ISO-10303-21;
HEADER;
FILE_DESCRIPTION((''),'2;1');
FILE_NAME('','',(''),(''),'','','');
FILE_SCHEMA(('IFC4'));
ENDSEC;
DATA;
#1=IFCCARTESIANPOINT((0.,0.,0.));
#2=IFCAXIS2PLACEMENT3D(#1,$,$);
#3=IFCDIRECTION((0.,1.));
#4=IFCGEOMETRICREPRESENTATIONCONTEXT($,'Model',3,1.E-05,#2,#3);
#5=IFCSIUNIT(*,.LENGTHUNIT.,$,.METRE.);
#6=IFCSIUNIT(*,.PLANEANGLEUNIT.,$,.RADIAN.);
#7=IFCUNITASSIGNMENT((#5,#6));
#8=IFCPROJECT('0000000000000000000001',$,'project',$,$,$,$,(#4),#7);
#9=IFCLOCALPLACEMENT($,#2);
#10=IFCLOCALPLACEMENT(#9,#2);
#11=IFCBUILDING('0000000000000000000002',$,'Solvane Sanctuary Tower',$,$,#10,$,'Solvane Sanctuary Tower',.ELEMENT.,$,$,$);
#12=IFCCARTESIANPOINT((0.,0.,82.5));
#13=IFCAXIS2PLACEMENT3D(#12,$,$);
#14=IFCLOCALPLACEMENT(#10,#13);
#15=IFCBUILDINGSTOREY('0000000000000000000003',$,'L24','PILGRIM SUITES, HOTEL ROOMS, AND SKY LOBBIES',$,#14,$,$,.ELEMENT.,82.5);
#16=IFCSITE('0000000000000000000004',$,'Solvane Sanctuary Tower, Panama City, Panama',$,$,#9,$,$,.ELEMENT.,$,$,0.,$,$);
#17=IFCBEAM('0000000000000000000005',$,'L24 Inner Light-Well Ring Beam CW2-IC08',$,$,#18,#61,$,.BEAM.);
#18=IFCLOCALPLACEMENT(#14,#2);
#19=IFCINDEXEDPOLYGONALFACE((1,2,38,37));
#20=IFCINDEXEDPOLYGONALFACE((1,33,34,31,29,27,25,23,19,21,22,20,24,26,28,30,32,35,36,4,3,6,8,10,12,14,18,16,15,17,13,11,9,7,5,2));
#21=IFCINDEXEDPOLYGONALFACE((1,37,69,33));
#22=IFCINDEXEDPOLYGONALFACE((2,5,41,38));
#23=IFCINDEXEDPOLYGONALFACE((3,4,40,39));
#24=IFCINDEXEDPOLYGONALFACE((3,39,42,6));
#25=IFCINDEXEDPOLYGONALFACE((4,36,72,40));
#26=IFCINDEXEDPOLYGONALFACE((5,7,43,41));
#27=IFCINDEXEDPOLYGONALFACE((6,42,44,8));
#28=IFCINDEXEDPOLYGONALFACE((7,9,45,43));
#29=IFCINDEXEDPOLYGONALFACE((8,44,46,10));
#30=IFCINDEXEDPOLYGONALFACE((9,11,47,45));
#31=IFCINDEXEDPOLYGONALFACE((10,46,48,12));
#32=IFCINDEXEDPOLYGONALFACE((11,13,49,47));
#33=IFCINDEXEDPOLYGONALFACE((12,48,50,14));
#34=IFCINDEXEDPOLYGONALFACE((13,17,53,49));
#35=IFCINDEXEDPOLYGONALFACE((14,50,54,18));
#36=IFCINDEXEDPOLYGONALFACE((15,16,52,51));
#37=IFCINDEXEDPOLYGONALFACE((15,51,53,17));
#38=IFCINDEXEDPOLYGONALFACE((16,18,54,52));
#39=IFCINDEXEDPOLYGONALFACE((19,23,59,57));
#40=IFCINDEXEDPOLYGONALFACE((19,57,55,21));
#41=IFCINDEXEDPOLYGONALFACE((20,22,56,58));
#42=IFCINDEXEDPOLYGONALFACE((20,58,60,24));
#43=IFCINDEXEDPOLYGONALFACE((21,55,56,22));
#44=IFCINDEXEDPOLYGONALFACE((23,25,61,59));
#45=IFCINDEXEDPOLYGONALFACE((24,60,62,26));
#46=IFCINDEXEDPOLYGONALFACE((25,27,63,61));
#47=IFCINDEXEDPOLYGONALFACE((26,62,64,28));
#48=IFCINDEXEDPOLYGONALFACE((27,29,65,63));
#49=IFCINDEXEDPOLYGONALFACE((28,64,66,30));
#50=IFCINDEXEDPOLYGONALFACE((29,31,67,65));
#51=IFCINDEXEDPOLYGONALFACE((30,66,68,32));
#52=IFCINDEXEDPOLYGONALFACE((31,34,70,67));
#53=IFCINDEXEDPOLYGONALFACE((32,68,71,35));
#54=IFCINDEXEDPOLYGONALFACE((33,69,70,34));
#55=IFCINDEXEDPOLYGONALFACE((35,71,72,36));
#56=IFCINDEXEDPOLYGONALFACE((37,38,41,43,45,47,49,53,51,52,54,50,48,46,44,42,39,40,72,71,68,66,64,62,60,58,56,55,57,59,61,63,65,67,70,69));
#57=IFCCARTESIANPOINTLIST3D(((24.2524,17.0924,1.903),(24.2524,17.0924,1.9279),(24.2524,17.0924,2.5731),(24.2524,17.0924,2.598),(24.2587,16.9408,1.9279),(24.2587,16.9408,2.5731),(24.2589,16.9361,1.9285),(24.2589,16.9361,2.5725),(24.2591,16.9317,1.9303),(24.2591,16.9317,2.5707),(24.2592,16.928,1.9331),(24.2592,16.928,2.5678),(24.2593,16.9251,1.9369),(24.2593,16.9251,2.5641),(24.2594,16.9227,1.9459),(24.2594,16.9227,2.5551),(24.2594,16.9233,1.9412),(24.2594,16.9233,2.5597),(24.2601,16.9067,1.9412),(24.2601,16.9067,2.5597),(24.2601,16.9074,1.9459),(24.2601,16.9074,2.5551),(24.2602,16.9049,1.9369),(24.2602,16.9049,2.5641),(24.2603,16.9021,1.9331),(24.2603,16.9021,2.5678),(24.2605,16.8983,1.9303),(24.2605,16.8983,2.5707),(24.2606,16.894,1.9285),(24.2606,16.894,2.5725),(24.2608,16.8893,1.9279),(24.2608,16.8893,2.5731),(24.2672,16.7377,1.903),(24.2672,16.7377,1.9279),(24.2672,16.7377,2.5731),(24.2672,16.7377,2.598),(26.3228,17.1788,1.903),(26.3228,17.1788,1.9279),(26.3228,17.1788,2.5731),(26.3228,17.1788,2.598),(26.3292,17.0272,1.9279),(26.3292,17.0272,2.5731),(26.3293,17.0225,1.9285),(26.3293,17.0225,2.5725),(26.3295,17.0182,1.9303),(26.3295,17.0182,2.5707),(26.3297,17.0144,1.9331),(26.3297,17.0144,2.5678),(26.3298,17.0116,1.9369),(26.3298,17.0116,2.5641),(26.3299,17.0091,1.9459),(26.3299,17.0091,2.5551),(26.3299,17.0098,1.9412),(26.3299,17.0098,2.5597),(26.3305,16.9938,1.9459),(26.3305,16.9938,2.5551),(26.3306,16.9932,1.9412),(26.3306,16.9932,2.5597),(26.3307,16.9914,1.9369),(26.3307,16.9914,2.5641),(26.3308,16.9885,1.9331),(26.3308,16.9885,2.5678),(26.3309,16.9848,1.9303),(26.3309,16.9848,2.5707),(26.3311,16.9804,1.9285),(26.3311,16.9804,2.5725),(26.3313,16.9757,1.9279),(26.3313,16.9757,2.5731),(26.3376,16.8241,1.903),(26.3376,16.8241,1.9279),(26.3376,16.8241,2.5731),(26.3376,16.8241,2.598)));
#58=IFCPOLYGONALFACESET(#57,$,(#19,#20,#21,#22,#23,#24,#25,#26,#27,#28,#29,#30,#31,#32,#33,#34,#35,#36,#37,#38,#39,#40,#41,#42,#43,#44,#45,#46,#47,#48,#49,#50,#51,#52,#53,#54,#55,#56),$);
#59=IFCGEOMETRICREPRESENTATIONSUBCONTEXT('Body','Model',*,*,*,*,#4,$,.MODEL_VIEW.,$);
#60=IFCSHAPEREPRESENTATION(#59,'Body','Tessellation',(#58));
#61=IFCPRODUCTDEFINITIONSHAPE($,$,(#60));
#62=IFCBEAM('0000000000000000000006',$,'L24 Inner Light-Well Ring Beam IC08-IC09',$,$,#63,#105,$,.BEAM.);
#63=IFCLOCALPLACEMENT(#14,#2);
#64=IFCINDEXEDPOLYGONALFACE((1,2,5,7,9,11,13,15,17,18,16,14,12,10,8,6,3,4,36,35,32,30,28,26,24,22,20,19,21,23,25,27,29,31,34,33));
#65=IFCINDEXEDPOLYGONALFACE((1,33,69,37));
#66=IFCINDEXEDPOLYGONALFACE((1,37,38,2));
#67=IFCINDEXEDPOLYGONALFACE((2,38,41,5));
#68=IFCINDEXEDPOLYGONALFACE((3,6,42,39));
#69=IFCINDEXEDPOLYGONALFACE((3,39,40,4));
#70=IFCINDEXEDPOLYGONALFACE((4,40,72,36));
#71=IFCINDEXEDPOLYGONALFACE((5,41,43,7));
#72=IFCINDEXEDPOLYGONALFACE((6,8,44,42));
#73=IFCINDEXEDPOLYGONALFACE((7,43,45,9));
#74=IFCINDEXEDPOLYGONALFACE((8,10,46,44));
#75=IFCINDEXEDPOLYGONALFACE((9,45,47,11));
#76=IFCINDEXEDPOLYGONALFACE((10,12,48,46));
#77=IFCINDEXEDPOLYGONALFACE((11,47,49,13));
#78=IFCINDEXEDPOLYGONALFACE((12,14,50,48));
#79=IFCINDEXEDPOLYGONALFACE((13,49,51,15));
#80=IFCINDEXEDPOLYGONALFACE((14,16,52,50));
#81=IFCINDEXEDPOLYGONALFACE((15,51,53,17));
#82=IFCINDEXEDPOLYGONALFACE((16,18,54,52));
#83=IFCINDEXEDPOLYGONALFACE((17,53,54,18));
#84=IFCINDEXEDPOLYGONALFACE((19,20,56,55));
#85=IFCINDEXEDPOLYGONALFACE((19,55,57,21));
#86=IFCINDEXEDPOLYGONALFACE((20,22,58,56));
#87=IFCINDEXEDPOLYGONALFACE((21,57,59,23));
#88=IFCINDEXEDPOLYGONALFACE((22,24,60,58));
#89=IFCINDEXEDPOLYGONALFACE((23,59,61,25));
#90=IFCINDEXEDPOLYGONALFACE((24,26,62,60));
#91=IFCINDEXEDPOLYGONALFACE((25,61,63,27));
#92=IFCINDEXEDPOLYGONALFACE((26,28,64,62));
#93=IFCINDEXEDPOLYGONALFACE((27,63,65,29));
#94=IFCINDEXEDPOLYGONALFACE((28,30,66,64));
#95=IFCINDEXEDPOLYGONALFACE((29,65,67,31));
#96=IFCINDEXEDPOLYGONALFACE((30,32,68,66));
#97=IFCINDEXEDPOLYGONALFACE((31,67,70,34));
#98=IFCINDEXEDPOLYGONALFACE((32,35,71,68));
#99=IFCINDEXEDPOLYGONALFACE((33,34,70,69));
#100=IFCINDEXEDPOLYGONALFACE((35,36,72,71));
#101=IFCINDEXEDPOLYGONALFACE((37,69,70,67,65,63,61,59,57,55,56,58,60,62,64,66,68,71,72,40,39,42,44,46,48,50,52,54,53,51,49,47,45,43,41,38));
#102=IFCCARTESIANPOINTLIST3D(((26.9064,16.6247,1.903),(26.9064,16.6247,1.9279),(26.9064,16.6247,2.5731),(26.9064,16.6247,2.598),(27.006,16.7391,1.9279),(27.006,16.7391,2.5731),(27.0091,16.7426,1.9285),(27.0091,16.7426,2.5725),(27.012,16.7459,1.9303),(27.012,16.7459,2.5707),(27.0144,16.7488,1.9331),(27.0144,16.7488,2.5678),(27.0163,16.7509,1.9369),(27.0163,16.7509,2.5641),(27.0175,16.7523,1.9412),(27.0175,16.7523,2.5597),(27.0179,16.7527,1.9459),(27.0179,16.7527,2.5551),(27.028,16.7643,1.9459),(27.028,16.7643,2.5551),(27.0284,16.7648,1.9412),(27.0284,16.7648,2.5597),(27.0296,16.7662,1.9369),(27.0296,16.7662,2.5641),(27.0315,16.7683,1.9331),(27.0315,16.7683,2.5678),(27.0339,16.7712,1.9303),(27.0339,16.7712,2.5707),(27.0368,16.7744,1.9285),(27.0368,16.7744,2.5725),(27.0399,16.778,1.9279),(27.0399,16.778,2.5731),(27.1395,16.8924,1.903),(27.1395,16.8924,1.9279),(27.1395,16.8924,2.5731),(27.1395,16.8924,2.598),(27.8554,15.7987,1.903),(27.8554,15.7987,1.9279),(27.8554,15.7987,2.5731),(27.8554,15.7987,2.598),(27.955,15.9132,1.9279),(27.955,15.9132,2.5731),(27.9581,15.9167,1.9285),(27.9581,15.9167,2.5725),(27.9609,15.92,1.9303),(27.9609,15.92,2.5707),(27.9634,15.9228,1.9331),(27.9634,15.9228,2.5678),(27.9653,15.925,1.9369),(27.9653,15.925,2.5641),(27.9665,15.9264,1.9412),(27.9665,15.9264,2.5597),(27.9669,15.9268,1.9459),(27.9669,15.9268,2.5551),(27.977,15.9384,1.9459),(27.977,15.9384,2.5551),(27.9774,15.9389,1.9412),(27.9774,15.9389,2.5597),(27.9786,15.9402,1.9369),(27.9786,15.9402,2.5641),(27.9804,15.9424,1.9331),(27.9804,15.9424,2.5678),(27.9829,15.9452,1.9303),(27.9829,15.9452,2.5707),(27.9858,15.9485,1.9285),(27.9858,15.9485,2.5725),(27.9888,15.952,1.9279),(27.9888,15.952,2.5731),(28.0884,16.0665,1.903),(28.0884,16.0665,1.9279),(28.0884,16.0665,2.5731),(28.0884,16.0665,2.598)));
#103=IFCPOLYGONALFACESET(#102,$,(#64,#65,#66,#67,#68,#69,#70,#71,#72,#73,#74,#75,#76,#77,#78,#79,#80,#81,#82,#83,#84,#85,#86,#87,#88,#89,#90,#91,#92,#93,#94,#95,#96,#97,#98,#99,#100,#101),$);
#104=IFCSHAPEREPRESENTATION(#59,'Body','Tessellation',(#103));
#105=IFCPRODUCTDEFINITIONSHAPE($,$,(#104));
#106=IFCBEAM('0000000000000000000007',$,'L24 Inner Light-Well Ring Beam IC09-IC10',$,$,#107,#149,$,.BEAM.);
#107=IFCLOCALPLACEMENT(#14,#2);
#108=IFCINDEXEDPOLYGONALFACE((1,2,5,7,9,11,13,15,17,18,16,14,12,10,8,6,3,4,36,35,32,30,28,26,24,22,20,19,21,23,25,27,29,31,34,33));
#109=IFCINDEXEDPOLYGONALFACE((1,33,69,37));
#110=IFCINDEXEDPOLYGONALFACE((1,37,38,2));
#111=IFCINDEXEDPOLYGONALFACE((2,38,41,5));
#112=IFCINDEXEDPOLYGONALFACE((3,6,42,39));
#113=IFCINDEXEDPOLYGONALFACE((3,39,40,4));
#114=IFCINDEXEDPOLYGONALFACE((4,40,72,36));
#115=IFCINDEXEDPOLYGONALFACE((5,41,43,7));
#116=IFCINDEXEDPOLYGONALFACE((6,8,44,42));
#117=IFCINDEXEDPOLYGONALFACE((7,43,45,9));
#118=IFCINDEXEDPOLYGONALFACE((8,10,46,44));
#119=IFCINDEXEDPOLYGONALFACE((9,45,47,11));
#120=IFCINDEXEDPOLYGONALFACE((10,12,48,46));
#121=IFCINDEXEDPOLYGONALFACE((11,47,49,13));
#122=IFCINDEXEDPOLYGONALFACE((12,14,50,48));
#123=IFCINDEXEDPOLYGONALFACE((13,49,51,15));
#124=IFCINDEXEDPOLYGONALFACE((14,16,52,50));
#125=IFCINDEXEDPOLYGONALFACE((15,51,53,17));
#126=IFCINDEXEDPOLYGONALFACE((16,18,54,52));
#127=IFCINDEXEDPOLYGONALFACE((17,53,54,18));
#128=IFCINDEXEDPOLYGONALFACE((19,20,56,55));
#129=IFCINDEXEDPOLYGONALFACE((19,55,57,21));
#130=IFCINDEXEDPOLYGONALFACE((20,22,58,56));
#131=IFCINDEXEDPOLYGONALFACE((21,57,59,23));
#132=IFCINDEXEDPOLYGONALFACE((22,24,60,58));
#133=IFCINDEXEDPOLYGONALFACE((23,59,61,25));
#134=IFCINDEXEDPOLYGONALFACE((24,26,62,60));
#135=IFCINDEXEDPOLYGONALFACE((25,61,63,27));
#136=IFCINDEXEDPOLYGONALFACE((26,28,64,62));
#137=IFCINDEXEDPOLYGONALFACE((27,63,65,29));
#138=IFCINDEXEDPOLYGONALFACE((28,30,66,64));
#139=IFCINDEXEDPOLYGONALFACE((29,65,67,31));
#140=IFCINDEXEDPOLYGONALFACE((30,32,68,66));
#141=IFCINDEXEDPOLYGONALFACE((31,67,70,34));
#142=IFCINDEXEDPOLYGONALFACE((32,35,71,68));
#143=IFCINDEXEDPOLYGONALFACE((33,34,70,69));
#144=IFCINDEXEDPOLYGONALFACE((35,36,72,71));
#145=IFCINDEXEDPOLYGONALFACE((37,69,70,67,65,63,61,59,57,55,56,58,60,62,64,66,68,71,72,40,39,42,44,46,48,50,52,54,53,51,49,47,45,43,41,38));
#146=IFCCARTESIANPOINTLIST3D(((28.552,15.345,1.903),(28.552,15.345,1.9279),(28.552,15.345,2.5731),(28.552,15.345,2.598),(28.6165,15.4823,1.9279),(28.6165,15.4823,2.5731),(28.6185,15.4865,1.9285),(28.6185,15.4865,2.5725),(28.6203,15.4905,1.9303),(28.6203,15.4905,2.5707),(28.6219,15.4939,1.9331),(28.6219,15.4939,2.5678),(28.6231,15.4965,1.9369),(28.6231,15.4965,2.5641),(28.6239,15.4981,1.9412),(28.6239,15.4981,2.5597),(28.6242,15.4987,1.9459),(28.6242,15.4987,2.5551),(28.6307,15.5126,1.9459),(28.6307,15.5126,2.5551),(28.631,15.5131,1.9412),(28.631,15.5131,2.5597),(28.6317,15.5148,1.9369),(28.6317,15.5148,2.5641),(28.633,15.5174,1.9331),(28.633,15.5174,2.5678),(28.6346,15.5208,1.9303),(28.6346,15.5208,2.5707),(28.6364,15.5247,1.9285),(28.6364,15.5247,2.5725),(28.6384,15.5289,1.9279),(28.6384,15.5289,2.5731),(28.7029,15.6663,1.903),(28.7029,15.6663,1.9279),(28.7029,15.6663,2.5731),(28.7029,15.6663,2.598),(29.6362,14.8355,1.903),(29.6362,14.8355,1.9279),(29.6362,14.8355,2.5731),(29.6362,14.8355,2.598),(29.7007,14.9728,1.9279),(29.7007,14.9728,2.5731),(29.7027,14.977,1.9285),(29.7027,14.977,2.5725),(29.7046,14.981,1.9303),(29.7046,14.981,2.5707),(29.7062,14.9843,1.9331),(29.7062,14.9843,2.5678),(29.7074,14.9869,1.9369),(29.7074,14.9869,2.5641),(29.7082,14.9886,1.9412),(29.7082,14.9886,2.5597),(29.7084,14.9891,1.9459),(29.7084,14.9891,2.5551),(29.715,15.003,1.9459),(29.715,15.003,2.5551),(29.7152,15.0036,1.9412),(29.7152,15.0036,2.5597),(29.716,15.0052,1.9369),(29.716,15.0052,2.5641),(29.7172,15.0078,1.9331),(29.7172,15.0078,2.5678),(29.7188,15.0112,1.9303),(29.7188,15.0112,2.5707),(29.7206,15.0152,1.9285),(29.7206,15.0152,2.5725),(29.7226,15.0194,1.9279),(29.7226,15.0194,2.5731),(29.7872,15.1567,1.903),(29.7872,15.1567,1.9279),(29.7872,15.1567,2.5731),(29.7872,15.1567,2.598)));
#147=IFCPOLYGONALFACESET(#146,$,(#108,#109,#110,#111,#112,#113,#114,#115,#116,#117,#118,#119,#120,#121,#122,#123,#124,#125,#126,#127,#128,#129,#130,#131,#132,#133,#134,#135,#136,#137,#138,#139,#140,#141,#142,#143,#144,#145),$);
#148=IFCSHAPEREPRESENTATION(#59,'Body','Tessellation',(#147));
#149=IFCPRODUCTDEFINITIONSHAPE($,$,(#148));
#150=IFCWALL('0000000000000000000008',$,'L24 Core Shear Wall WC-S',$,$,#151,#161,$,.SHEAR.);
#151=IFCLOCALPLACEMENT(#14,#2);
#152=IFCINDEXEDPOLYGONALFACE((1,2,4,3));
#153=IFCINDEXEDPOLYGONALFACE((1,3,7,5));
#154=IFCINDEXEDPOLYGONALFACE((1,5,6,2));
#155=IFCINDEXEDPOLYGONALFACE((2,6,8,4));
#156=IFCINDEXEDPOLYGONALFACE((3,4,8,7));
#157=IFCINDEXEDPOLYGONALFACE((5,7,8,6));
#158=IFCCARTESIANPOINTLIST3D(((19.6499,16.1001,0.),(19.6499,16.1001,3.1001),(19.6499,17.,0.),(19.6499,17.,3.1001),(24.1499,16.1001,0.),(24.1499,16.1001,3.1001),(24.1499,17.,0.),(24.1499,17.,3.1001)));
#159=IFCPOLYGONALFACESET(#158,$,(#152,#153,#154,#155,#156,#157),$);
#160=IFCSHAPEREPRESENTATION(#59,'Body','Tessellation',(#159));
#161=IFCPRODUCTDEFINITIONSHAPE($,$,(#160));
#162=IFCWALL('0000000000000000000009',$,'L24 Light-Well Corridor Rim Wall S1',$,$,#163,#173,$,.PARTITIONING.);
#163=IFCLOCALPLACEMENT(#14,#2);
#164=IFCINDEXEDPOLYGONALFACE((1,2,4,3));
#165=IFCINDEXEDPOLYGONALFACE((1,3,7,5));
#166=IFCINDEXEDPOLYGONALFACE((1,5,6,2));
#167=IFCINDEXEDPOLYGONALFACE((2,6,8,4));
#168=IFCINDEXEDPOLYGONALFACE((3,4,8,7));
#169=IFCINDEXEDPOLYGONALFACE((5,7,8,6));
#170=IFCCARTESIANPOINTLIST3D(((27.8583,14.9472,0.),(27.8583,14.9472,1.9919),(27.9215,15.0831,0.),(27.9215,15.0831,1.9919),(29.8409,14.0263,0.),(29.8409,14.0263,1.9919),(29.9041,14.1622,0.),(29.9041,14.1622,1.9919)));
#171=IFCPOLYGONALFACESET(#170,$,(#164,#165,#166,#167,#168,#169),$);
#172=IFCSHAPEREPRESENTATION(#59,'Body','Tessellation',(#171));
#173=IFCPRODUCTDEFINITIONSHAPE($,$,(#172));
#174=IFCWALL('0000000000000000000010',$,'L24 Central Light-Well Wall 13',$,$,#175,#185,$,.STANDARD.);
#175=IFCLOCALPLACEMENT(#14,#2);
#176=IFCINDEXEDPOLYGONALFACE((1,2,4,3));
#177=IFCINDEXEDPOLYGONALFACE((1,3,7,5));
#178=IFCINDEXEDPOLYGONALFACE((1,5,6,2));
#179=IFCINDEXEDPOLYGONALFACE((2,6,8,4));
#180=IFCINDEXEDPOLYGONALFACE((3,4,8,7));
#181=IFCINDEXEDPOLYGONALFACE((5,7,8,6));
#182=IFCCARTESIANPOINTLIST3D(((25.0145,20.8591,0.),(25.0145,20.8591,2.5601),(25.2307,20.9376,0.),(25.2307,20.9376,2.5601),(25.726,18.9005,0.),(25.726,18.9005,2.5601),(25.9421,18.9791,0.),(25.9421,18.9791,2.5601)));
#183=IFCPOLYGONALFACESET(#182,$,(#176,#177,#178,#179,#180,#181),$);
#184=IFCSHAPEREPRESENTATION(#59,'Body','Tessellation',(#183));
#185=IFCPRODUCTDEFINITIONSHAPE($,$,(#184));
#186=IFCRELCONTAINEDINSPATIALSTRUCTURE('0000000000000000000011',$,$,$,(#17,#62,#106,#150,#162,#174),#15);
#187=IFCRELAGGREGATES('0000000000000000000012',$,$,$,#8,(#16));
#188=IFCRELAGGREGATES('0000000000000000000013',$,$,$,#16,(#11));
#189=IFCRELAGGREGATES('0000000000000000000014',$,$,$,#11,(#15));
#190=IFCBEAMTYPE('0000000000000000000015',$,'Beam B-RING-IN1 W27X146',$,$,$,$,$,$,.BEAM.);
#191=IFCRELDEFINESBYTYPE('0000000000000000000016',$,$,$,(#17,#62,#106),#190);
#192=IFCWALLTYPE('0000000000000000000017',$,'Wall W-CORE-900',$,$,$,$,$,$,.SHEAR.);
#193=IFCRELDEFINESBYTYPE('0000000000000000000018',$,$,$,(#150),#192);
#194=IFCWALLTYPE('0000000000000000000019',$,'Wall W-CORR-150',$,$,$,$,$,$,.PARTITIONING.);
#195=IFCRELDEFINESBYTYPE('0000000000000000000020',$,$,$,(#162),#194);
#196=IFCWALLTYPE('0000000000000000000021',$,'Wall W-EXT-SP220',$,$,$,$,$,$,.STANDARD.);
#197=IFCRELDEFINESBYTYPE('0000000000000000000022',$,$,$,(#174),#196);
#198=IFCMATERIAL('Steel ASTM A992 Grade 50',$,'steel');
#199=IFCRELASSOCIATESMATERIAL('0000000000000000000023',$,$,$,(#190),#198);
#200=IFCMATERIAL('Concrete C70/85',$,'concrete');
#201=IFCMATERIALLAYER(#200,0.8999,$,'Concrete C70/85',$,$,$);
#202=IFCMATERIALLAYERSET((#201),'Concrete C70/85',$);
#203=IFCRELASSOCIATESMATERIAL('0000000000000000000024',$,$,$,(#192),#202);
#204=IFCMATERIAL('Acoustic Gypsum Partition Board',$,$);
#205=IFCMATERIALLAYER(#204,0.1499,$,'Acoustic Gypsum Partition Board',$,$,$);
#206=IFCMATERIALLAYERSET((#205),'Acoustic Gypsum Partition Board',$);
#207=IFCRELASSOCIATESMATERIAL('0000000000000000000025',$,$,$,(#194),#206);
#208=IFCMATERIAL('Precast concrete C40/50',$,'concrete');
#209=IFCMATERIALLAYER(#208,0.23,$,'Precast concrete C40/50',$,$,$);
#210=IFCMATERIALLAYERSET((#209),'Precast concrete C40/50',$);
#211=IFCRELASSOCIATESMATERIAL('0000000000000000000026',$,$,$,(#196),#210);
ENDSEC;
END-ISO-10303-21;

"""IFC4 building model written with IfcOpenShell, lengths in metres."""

from ifc_helpers import new_model, si_unit, direction, frame, frame_2d, origin, origin_2d, place, context, subcontext, project, spatial, rectangle, i_section, extrude, material, layer, layer_set, material_profile, profile_set, type_object, element, save


model = new_model("IFC4")

# Units and contexts
model_context = context("Model", 3, precision=1e-05, world=origin(), true_north=direction((0.0, 1.0)))
body_context = subcontext(model_context, "Body", "Model", "MODEL_VIEW")
ifc_project = project(units=[si_unit("LENGTHUNIT", "METRE"), si_unit("PLANEANGLEUNIT", "RADIAN")], contexts=[model_context])

# Site, building, storey
site_placement = place(None, origin())
site = spatial("IfcSite", under=ifc_project, at=site_placement, Name="Solvane Sanctuary Tower, Panama City, Panama", CompositionType="ELEMENT", RefElevation=0.0)
building_placement = place(site_placement, origin())
building = spatial("IfcBuilding", under=site, at=building_placement, Name="Solvane Sanctuary Tower", LongName="Solvane Sanctuary Tower", CompositionType="ELEMENT")
storey_placement = place(building_placement, frame((0.0, 0.0, 82.5)))
storey = spatial("IfcBuildingStorey", under=building, at=storey_placement, Name="L24", Description="PILGRIM SUITES, HOTEL ROOMS, AND SKY LOBBIES", CompositionType="ELEMENT", Elevation=82.5)

# Shared definitions
ifc_material_1 = material(Name="Concrete C70/85", Category="concrete")

# Beams
ifc_material_2 = material(Name="Steel ASTM A992 Grade 50", Category="steel")
ifc_material_profile_1 = material_profile(ifc_material_2, i_section(OverallWidth=0.355, OverallDepth=0.6951, WebThickness=0.0154, FlangeThickness=0.0249, FilletRadius=0.0181, at=origin_2d()), Name="W27X146")
ifc_profile_set_1 = profile_set([ifc_material_profile_1], Name="Steel ASTM A992 Grade 50")
beam_type_1 = type_object("IfcBeamType", Name="Beam B-RING-IN1 W27X146", PredefinedType="BEAM", material=ifc_profile_set_1)
beam_1_placement = place(storey_placement, frame((24.2598, 16.915, 2.2505), z_axis=(0.99913, 0.041704, 0.0), x_axis=(-0.041704, 0.99913, 0.0)))
element("IfcBeam", 1, at=beam_1_placement, inside=storey, type_object=beam_type_1, Name="L24 Inner Light-Well Ring Beam CW2-IC08", PredefinedType="BEAM", context=body_context, shape_type="SweptSolid", body=[
    extrude(i_section(OverallWidth=0.355, OverallDepth=0.6951, WebThickness=0.0154, FlangeThickness=0.0249, FilletRadius=0.0181, at=origin_2d()), origin(), (0.0, 0.0, 1.0), 2.0723),
])
beam_2_placement = place(storey_placement, frame((27.0229, 16.7585, 2.2505), z_axis=(0.754317, -0.65651, 0.0), x_axis=(0.65651, 0.754317, 0.0)))
element("IfcBeam", 2, at=beam_2_placement, inside=storey, type_object=beam_type_1, Name="L24 Inner Light-Well Ring Beam IC08-IC09", PredefinedType="BEAM", context=body_context, shape_type="SweptSolid", body=[
    extrude(i_section(OverallWidth=0.355, OverallDepth=0.6951, WebThickness=0.0154, FlangeThickness=0.0249, FilletRadius=0.0181, at=origin_2d()), origin(), (0.0, 0.0, 1.0), 1.2581),
])
beam_3_placement = place(storey_placement, frame((28.6274, 15.5056, 2.2505), z_axis=(0.905045, -0.425316, 0.0), x_axis=(0.425316, 0.905045, 0.0)))
element("IfcBeam", 3, at=beam_3_placement, inside=storey, type_object=beam_type_1, Name="L24 Inner Light-Well Ring Beam IC09-IC10", PredefinedType="BEAM", context=body_context, shape_type="SweptSolid", body=[
    extrude(i_section(OverallWidth=0.355, OverallDepth=0.6951, WebThickness=0.0154, FlangeThickness=0.0249, FilletRadius=0.0181, at=origin_2d()), origin(), (0.0, 0.0, 1.0), 1.198),
])

# Walls
ifc_layer_1 = layer(ifc_material_1, 0.8999, Name="Concrete C70/85")
ifc_layer_set_1 = layer_set([ifc_layer_1], Name="Concrete C70/85")
wall_type_1 = type_object("IfcWallType", Name="Wall W-CORE-900", PredefinedType="SHEAR", material=ifc_layer_set_1)
wall_1_placement = place(storey_placement, frame((19.6499, 16.55, 0.0), z_axis=(0.0, 0.0, 1.0), x_axis=(1.0, 0.0, 0.0)))
element("IfcWall", 4, at=wall_1_placement, inside=storey, type_object=wall_type_1, Name="L24 Core Shear Wall WC-S", PredefinedType="SHEAR", context=body_context, shape_type="SweptSolid", body=[
    extrude(rectangle(XDim=4.5, YDim=0.8999, at=frame_2d((2.25, 0.0))), origin(), (0.0, 0.0, 1.0), 3.1001),
])
ifc_material_3 = material(Name="Acoustic Gypsum Partition Board")
ifc_layer_2 = layer(ifc_material_3, 0.1499, Name="Acoustic Gypsum Partition Board")
ifc_layer_set_2 = layer_set([ifc_layer_2], Name="Acoustic Gypsum Partition Board")
wall_type_2 = type_object("IfcWallType", Name="Wall W-CORR-150", PredefinedType="PARTITIONING", material=ifc_layer_set_2)
wall_2_placement = place(storey_placement, frame((27.8899, 15.0151, 0.0), z_axis=(0.0, 0.0, 1.0), x_axis=(0.906943, -0.421252, 0.0)))
element("IfcWall", 5, at=wall_2_placement, inside=storey, type_object=wall_type_2, Name="L24 Light-Well Corridor Rim Wall S1", PredefinedType="PARTITIONING", context=body_context, shape_type="SweptSolid", body=[
    extrude(rectangle(XDim=2.186, YDim=0.1499, at=frame_2d((1.093, 0.0))), origin(), (0.0, 0.0, 1.0), 1.9919),
])
ifc_material_4 = material(Name="Precast concrete C40/50", Category="concrete")
ifc_layer_3 = layer(ifc_material_4, 0.23, Name="Precast concrete C40/50")
ifc_layer_set_3 = layer_set([ifc_layer_3], Name="Precast concrete C40/50")
wall_type_3 = type_object("IfcWallType", Name="Wall W-EXT-SP220", PredefinedType="STANDARD", material=ifc_layer_set_3)
wall_3_placement = place(storey_placement, frame((25.1226, 20.8984, 0.0), z_axis=(0.0, 0.0, 1.0), x_axis=(0.341423, -0.93991, 0.0)))
element("IfcWall", 6, at=wall_3_placement, inside=storey, type_object=wall_type_3, Name="L24 Central Light-Well Wall 13", PredefinedType="STANDARD", context=body_context, shape_type="SweptSolid", body=[
    extrude(rectangle(XDim=2.0837, YDim=0.23, at=frame_2d((1.042, 0.0))), origin(), (0.0, 0.0, 1.0), 2.5601),
])

save(model, "model.ifc")
